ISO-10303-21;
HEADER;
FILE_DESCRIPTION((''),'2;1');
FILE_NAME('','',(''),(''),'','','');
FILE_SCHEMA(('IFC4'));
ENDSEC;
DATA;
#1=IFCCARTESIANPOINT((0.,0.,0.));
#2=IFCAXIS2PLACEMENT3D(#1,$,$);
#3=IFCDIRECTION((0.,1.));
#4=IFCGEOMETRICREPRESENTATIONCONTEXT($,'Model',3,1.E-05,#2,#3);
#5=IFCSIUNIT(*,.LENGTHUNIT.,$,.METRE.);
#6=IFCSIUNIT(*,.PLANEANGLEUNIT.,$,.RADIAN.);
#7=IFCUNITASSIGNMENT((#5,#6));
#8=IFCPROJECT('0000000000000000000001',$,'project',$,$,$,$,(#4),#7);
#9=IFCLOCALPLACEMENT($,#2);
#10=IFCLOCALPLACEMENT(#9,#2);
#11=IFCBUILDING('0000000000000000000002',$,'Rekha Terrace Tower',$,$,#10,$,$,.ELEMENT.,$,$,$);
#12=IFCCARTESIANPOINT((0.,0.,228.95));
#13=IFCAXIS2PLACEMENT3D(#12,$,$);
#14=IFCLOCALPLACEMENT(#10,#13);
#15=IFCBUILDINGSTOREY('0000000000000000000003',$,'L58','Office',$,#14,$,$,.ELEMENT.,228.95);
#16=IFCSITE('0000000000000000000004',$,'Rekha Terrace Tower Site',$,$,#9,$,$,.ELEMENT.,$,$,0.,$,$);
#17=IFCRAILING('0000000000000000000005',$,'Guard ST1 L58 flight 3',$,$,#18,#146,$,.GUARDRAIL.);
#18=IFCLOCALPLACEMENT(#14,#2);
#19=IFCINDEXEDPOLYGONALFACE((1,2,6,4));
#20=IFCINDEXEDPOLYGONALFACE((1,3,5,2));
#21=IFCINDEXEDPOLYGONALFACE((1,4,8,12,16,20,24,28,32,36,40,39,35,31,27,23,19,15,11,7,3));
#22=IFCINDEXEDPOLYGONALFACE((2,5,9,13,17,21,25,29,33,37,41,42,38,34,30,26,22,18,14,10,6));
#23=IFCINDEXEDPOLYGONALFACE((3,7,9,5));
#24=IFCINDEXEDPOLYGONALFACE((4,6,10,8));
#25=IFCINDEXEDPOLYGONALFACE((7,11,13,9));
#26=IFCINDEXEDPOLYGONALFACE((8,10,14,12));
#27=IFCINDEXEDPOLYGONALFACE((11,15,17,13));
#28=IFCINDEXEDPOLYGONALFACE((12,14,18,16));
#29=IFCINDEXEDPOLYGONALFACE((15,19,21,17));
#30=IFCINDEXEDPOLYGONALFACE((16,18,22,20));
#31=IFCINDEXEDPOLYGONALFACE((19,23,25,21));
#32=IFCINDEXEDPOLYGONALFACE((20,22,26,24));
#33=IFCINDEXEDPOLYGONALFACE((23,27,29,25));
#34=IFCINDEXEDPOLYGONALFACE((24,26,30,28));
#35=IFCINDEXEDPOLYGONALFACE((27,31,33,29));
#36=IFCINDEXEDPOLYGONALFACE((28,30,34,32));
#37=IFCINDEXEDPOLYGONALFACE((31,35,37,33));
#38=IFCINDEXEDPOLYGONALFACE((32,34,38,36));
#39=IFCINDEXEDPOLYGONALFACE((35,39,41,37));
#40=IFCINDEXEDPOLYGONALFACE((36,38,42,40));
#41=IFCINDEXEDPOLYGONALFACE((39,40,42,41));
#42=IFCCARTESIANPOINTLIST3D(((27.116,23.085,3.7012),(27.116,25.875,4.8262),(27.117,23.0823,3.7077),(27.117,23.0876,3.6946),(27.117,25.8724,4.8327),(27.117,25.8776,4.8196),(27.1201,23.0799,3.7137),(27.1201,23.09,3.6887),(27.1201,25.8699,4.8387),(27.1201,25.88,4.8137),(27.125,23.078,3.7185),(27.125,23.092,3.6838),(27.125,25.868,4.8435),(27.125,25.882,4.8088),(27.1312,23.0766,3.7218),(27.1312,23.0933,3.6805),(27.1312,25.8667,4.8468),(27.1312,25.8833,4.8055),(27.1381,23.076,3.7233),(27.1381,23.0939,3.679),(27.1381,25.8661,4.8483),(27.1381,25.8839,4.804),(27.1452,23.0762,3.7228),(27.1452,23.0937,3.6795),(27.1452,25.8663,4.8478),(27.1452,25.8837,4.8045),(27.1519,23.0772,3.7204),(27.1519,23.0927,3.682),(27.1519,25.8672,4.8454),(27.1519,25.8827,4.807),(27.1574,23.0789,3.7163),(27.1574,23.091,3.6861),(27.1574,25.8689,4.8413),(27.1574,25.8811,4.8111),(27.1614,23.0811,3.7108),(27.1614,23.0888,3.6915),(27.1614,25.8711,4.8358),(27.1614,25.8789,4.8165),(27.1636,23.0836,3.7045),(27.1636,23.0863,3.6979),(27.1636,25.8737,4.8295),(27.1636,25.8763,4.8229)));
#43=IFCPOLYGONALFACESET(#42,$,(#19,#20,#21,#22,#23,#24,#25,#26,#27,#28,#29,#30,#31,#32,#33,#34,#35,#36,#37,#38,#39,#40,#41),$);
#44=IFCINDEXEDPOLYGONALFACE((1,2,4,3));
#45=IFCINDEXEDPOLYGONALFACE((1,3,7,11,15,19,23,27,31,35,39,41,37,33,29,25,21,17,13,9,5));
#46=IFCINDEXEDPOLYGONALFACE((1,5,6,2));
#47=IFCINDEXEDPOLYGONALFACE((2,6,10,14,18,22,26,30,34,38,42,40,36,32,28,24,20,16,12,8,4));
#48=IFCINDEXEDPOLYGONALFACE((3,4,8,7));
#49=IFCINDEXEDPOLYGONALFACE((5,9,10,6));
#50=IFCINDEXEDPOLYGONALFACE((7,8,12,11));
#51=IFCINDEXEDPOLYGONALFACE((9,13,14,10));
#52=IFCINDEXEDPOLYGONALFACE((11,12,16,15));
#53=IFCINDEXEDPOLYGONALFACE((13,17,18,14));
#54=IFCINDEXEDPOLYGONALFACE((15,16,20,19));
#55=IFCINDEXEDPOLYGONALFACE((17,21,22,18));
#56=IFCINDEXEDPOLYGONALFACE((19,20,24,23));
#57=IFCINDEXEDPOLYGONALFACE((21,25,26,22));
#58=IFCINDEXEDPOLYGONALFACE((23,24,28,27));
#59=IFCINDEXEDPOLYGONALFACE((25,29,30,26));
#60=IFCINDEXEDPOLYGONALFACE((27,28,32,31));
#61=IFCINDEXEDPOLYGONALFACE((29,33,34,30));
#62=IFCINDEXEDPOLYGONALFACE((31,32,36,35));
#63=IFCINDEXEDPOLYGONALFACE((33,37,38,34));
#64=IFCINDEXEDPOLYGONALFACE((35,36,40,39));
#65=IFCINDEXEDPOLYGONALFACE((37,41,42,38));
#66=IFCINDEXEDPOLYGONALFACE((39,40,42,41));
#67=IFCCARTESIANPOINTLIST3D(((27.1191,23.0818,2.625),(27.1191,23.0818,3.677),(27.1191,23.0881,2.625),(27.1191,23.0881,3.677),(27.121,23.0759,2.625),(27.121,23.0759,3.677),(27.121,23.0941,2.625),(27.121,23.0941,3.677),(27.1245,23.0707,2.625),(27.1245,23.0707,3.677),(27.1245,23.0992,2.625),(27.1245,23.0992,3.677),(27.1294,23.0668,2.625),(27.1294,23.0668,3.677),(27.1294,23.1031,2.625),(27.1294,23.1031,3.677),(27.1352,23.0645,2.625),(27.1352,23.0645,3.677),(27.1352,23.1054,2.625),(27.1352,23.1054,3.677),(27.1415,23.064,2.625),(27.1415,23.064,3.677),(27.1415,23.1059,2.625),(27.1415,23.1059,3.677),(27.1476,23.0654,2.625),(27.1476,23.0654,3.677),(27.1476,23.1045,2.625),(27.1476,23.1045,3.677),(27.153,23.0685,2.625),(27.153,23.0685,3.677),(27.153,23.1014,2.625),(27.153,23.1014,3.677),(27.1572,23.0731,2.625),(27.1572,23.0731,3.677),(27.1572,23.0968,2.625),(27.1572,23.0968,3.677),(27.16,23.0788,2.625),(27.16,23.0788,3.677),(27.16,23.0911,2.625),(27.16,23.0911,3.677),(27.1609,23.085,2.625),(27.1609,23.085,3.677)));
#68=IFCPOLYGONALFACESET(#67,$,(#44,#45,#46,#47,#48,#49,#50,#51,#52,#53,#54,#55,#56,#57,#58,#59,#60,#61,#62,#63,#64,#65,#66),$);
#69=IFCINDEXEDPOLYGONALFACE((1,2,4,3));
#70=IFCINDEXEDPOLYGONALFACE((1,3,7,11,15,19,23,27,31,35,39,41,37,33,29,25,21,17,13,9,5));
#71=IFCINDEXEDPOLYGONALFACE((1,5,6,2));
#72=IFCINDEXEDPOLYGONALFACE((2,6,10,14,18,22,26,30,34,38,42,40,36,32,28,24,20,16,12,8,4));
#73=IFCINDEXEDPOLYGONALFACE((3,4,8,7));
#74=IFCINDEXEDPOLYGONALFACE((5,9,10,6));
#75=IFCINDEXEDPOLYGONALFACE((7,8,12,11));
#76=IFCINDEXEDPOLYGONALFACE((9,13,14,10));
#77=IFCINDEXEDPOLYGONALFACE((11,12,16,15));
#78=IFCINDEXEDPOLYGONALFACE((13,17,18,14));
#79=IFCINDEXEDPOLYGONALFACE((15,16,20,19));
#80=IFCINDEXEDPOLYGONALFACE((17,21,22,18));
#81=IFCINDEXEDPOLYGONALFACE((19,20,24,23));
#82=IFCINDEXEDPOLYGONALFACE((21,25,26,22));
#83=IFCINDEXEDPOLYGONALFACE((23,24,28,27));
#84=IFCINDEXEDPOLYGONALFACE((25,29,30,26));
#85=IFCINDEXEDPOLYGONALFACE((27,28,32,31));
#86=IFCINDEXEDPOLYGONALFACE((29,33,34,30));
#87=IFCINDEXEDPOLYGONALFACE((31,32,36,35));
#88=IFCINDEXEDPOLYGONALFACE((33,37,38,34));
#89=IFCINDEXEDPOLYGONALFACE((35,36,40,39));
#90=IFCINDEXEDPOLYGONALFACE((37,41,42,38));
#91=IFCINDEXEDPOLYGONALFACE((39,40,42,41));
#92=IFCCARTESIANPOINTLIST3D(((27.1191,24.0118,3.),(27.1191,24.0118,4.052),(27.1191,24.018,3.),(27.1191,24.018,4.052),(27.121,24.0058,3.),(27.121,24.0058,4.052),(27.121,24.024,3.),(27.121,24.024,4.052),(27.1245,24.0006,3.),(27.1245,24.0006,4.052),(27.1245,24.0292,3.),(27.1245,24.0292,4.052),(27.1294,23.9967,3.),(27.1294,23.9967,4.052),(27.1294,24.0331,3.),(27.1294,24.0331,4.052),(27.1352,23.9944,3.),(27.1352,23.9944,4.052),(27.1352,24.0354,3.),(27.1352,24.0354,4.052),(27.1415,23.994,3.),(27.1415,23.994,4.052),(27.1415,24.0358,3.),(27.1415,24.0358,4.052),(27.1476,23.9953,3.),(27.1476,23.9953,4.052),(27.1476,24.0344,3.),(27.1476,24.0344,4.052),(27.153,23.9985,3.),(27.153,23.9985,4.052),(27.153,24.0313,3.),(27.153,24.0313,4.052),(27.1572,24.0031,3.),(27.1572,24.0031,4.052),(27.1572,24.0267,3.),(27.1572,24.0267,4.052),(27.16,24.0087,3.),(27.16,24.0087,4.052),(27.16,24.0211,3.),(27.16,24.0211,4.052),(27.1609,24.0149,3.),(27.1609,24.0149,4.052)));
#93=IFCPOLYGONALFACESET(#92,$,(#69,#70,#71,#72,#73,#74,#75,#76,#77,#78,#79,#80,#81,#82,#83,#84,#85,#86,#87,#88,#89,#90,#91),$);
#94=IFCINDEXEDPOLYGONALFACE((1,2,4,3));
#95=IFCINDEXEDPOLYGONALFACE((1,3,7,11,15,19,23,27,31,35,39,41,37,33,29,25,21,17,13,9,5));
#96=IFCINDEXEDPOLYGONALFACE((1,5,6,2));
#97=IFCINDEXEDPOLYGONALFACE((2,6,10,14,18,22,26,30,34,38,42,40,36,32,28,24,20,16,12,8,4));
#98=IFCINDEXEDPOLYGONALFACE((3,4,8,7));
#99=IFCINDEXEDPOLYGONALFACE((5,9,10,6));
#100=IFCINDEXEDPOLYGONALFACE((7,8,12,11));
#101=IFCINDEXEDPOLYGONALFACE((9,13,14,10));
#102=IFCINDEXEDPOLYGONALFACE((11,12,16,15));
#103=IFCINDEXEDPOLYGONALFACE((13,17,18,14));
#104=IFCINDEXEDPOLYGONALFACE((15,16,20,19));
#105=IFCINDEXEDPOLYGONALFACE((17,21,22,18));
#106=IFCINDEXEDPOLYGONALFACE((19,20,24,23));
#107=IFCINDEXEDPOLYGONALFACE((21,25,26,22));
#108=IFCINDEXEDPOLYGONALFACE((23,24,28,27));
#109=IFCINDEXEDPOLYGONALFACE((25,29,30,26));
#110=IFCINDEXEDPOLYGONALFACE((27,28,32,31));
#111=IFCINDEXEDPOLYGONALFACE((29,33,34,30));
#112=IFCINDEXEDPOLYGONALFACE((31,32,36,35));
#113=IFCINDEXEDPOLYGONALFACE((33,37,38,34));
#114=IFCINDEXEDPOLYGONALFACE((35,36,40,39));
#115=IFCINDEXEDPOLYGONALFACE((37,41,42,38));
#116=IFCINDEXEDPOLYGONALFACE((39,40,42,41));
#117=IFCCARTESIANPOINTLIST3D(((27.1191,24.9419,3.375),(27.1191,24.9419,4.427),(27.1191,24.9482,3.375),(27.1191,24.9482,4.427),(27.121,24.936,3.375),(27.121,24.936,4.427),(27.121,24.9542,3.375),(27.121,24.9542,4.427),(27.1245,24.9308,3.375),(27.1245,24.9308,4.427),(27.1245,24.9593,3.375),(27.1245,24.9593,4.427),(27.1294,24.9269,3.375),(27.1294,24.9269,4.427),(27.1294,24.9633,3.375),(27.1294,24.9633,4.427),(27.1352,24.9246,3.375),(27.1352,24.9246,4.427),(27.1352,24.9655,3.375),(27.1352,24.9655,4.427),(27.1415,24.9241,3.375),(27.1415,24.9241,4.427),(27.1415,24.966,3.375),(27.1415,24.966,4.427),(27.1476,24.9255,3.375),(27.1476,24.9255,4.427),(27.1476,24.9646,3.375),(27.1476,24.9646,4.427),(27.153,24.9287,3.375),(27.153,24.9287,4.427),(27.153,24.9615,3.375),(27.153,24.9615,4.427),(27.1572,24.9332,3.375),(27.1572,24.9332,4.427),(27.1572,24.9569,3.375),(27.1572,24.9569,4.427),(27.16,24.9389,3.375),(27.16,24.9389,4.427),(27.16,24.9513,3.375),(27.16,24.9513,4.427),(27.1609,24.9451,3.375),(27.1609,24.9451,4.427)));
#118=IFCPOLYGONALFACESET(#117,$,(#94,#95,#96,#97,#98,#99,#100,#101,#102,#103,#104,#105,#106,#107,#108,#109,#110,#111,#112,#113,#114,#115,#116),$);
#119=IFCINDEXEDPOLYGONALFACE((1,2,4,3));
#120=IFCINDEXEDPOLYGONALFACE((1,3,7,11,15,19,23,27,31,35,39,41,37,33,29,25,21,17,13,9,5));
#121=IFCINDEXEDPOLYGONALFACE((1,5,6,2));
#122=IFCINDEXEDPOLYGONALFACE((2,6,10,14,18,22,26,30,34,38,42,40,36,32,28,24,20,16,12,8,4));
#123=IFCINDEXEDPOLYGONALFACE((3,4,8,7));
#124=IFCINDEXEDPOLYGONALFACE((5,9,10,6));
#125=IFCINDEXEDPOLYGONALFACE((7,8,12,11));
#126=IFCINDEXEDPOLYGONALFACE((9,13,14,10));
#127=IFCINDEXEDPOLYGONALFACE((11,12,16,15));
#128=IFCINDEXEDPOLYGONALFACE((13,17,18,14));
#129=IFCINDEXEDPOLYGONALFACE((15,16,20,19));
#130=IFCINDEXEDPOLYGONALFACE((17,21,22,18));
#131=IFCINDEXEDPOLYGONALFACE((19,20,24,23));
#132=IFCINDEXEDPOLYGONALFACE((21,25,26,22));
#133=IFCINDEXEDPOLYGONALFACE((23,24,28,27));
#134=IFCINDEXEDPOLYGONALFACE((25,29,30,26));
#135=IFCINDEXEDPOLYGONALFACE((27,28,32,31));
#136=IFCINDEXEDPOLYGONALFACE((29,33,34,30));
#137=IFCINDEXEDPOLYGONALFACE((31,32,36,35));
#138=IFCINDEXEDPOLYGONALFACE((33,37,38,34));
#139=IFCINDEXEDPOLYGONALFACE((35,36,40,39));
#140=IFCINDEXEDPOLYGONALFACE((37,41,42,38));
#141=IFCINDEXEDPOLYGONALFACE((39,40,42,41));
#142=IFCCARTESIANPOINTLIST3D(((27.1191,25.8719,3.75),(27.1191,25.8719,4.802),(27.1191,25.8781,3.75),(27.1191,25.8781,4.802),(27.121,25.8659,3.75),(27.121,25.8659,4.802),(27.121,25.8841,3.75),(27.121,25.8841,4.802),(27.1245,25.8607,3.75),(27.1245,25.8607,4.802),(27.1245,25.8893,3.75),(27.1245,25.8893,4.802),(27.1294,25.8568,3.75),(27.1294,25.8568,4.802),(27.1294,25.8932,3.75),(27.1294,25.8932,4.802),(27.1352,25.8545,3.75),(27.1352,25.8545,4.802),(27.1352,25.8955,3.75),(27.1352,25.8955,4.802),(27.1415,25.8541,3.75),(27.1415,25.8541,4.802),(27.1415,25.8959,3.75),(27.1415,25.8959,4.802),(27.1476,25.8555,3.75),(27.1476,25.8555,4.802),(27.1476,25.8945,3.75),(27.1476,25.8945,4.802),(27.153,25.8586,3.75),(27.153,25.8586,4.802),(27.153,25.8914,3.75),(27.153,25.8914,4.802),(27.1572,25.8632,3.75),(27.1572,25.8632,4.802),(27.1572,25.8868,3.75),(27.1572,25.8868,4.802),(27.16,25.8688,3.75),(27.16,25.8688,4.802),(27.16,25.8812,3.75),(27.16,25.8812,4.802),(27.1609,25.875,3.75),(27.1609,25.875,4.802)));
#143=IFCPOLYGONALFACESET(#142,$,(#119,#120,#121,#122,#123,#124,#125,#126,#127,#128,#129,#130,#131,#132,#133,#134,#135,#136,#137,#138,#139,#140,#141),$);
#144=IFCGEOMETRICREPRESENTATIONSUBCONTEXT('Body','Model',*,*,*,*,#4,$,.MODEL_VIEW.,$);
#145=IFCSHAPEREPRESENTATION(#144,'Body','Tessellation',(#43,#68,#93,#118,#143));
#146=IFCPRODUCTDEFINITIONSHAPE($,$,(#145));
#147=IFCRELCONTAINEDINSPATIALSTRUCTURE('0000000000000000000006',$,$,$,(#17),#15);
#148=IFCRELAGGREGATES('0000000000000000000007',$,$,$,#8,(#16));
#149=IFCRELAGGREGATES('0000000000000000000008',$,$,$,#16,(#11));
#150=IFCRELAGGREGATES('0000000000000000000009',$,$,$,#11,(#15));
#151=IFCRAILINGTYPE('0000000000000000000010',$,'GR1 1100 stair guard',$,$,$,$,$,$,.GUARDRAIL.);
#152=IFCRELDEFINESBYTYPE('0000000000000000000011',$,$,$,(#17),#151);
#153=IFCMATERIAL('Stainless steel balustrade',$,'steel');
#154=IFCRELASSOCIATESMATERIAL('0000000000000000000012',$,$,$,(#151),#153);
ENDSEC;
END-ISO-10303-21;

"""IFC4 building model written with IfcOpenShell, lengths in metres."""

from ifc_helpers import new_model, si_unit, direction, frame, origin, origin_2d, place, context, subcontext, project, spatial, circle, extrude, material, type_object, element, save


model = new_model("IFC4")

# Units and contexts
model_context = context("Model", 3, precision=1e-05, world=origin(), true_north=direction((0.0, 1.0)))
body_context = subcontext(model_context, "Body", "Model", "MODEL_VIEW")
ifc_project = project(units=[si_unit("LENGTHUNIT", "METRE"), si_unit("PLANEANGLEUNIT", "RADIAN")], contexts=[model_context])

# Site, building, storey
site_placement = place(None, origin())
site = spatial("IfcSite", under=ifc_project, at=site_placement, Name="Rekha Terrace Tower Site", CompositionType="ELEMENT", RefElevation=0.0)
building_placement = place(site_placement, origin())
building = spatial("IfcBuilding", under=site, at=building_placement, Name="Rekha Terrace Tower", CompositionType="ELEMENT")
storey_placement = place(building_placement, frame((0.0, 0.0, 228.95)))
storey = spatial("IfcBuildingStorey", under=building, at=storey_placement, Name="L58", Description="Office", CompositionType="ELEMENT", Elevation=228.95)

# Railing
ifc_material_1 = material(Name="Stainless steel balustrade", Category="steel")
railing_type_1 = type_object("IfcRailingType", Name="GR1 1100 stair guard", PredefinedType="GUARDRAIL", material=ifc_material_1)
railing_1_placement = place(storey_placement, frame((27.1399, 23.085, 2.625)))
element("IfcRailing", 1, at=railing_1_placement, inside=storey, type_object=railing_type_1, Name="Guard ST1 L58 flight 3", PredefinedType="GUARDRAIL", context=body_context, shape_type="SweptSolid", body=[
    extrude(circle(Radius=0.0239, at=origin_2d()), frame((0.0, 0.0, 1.0762), z_axis=(0.0, 0.927443, 0.373964), x_axis=(-1.0, 0.0, 0.0)), (0.0, 0.0, 1.0), 3.0083),
    extrude(circle(Radius=0.021, at=origin_2d()), origin(), (0.0, 0.0, 1.0), 1.052),
    extrude(circle(Radius=0.021, at=origin_2d()), frame((0.0, 0.9299, 0.375)), (0.0, 0.0, 1.0), 1.052),
    extrude(circle(Radius=0.021, at=origin_2d()), frame((0.0, 1.8601, 0.75)), (0.0, 0.0, 1.0), 1.052),
    extrude(circle(Radius=0.021, at=origin_2d()), frame((0.0, 2.79, 1.125)), (0.0, 0.0, 1.0), 1.052),
])

save(model, "model.ifc")
